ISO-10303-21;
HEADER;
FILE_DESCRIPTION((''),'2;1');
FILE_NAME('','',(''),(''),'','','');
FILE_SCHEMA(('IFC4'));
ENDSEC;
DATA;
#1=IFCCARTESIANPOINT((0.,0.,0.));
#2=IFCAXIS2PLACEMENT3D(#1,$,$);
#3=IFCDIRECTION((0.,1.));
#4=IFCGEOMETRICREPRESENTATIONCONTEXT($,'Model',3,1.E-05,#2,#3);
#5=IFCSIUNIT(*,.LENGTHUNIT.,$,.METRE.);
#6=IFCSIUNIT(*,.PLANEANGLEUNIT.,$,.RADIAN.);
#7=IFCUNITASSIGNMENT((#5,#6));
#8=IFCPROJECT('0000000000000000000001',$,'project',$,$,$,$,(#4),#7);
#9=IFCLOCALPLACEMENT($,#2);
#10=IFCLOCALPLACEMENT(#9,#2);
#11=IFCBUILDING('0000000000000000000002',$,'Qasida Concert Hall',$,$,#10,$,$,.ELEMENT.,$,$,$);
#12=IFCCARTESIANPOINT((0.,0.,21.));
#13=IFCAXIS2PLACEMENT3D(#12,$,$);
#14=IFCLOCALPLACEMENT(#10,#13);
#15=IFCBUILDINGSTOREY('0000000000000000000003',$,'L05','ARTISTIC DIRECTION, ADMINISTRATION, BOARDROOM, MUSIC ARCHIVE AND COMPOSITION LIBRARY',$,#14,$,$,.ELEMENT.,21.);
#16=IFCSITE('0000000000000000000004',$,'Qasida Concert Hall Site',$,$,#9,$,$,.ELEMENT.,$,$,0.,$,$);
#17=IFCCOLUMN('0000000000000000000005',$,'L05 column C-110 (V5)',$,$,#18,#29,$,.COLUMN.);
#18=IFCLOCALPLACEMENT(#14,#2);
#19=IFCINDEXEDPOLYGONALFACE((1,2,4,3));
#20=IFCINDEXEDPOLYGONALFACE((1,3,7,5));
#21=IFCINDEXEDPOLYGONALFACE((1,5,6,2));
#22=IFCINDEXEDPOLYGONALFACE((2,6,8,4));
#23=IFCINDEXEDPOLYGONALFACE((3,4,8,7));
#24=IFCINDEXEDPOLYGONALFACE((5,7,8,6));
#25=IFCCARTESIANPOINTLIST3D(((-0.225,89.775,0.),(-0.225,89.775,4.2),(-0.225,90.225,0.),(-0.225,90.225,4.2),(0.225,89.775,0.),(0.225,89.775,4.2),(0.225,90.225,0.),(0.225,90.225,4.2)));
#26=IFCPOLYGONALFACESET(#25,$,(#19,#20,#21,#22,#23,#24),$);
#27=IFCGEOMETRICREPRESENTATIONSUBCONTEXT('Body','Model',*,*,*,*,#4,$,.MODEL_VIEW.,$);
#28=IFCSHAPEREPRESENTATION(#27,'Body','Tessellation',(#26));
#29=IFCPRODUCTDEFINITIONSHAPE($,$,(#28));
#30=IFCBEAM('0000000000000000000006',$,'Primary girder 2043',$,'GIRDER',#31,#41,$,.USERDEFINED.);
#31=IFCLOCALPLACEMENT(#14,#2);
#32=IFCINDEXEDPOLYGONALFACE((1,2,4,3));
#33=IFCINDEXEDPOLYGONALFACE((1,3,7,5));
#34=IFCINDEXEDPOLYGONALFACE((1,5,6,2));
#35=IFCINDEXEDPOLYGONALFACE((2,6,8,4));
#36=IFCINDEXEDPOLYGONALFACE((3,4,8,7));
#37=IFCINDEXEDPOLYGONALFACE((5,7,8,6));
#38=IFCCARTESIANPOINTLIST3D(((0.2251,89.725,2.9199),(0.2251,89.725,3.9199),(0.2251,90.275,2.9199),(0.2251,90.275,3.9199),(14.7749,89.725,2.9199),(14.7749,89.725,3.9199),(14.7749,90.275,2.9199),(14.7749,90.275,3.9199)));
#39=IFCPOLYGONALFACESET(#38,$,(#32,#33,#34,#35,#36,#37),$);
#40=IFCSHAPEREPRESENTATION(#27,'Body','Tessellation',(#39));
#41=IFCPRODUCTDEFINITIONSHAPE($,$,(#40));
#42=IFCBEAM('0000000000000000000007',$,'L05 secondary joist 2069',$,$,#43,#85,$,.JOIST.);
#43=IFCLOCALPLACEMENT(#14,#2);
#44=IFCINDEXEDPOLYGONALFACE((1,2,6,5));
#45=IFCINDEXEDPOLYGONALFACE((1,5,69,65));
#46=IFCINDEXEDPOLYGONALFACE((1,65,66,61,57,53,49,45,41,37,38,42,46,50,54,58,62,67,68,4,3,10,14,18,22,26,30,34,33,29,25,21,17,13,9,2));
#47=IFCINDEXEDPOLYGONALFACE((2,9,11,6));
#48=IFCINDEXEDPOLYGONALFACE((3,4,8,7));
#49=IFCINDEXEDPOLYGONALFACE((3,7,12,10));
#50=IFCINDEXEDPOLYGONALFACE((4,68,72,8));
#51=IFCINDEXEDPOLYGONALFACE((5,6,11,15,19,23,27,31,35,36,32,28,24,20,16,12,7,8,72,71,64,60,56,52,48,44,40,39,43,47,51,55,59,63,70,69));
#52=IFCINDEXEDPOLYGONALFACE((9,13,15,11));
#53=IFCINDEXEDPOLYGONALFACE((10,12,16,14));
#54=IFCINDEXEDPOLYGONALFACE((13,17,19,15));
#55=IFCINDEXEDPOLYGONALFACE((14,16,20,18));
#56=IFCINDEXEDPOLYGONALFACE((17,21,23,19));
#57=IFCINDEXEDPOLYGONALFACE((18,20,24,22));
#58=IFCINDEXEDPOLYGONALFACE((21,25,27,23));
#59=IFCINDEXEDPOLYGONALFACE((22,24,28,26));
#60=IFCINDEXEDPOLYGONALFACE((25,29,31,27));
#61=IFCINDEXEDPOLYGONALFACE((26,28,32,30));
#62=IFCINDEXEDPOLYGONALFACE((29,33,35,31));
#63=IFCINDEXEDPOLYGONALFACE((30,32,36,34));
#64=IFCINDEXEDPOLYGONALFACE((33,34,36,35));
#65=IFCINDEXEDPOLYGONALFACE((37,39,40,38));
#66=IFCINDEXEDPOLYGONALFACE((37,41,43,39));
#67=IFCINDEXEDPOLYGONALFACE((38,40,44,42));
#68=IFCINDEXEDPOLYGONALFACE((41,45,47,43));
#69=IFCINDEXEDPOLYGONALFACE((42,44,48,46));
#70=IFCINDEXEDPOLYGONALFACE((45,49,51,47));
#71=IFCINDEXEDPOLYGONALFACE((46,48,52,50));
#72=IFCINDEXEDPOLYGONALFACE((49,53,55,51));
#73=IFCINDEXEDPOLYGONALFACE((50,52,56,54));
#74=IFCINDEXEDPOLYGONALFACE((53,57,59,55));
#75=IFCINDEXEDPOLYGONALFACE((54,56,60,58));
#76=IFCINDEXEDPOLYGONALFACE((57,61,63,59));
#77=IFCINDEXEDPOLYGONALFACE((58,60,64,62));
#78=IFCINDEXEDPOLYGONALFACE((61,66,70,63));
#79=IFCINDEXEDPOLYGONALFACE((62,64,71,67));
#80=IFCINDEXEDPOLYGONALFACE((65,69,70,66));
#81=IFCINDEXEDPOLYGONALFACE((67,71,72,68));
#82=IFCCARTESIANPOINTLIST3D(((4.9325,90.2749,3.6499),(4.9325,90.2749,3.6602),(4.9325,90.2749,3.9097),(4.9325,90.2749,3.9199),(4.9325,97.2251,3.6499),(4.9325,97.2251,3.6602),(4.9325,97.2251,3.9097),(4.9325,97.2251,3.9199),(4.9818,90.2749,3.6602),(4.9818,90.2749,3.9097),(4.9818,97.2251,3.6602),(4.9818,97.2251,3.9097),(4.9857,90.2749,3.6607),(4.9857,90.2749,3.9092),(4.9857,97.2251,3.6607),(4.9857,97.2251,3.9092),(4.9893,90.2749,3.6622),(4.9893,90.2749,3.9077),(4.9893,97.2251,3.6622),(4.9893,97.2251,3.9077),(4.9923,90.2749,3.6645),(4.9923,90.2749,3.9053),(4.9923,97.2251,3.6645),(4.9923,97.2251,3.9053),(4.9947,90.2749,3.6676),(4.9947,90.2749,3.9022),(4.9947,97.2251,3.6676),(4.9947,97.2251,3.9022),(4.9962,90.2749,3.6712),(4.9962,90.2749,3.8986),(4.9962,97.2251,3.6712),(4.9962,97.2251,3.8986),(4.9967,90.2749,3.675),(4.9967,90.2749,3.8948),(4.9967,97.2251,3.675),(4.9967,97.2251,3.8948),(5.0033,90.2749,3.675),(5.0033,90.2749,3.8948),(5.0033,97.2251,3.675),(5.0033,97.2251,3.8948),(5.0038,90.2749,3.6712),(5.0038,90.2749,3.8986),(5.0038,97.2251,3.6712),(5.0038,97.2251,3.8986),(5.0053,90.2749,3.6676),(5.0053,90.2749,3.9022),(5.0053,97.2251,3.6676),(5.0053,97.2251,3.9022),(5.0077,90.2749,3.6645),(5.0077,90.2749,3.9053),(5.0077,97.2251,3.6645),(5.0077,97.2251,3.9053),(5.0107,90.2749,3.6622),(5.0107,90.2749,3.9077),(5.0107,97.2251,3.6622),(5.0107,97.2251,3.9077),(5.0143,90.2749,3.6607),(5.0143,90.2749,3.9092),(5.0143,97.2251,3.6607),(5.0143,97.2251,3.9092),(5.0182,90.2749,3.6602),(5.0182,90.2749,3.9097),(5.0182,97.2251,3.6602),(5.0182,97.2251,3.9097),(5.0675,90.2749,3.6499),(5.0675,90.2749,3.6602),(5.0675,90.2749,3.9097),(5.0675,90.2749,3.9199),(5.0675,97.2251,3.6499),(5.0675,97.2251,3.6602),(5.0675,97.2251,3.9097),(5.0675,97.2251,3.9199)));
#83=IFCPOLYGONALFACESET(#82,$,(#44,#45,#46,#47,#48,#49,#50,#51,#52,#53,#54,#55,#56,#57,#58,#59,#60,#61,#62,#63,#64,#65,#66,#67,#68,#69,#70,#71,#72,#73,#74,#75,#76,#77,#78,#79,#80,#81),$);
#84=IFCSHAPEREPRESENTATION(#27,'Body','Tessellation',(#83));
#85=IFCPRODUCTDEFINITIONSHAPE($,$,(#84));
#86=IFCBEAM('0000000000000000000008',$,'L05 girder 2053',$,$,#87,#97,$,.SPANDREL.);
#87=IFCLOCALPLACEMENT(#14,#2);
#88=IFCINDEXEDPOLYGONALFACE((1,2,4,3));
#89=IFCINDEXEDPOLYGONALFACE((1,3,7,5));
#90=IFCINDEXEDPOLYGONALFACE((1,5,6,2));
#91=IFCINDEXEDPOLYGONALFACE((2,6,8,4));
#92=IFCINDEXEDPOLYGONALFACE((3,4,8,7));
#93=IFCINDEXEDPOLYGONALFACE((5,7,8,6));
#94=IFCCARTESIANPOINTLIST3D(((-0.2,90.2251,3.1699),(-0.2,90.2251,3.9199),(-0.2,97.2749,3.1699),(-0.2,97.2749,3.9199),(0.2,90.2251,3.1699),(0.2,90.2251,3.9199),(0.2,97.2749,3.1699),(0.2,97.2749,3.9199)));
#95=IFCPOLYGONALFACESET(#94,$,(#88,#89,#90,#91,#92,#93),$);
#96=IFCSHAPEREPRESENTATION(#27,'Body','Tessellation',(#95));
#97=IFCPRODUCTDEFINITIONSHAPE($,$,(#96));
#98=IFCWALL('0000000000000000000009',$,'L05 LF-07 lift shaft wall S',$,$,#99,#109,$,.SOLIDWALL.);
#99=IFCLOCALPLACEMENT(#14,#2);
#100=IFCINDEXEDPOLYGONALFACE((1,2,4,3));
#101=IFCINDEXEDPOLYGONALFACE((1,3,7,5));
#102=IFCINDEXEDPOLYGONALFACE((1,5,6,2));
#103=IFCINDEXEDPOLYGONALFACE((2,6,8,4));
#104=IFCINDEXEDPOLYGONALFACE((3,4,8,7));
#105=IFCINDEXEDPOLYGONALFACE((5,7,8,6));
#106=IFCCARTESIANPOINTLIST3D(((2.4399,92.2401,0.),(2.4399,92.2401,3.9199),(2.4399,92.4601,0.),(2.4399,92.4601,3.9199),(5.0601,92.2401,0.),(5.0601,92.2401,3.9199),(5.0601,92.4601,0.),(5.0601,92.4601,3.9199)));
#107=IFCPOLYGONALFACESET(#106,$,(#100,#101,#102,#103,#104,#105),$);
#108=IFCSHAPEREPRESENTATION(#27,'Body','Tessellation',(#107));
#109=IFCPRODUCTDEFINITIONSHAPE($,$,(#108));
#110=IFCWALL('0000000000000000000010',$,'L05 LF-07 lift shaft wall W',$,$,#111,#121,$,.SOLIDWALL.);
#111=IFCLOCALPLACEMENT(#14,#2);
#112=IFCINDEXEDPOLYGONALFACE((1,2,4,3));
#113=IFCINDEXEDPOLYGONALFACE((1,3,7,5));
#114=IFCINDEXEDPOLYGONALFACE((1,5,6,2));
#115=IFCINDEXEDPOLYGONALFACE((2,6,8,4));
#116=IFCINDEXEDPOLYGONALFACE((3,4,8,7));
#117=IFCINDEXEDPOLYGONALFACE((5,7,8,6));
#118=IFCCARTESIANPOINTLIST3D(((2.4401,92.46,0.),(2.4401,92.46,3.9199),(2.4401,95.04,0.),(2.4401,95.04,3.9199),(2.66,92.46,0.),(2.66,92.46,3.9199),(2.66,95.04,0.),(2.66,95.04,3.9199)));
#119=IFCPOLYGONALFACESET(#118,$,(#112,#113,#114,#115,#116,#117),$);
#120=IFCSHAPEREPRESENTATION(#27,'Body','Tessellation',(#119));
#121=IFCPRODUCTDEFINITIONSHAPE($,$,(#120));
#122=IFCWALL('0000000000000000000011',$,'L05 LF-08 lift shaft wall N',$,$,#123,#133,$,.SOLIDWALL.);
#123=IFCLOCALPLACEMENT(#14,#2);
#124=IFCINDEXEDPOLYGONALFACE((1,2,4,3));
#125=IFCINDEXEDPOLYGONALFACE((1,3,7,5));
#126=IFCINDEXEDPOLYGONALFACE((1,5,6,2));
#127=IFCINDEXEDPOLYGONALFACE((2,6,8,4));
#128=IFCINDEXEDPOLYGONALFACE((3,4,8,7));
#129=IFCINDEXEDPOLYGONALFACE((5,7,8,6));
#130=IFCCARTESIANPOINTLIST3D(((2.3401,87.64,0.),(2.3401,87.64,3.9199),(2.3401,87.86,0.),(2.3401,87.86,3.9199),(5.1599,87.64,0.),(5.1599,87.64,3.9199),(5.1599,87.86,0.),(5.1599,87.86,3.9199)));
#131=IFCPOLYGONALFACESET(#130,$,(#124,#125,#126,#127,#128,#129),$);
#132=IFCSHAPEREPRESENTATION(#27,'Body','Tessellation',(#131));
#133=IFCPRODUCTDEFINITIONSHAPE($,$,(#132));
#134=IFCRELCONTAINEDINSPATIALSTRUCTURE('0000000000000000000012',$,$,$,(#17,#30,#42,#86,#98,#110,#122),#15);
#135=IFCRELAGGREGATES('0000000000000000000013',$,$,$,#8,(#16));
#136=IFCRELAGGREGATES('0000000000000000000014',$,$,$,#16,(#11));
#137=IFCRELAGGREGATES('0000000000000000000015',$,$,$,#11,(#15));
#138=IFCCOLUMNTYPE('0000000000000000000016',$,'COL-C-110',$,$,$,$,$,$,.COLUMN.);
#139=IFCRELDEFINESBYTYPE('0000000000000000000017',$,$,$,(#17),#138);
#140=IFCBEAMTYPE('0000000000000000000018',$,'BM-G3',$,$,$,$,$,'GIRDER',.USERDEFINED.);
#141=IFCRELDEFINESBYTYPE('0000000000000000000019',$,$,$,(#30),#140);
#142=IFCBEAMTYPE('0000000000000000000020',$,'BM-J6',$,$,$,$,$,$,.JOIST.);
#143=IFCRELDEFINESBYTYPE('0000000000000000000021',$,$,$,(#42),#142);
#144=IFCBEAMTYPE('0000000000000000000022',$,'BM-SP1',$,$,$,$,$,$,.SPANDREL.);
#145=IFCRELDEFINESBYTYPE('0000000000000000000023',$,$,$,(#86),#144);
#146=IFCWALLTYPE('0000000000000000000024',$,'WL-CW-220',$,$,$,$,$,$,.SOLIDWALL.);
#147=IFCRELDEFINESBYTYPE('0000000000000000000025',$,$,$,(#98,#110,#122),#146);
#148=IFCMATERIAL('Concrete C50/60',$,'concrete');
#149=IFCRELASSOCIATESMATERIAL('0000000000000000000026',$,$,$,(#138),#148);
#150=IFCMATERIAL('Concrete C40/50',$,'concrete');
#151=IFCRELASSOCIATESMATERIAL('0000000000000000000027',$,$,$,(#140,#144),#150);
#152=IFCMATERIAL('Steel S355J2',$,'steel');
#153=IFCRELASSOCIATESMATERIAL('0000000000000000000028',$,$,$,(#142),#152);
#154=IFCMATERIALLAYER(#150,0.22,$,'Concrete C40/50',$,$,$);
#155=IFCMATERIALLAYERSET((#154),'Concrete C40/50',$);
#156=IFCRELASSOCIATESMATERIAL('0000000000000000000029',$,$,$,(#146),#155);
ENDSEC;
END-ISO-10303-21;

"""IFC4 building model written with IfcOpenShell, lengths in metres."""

from ifc_helpers import new_model, si_unit, direction, frame, frame_2d, origin, origin_2d, place, context, subcontext, project, spatial, rectangle, i_section, extrude, material, layer, layer_set, material_profile, profile_set, type_object, element, save


model = new_model("IFC4")

# Units and contexts
model_context = context("Model", 3, precision=1e-05, world=origin(), true_north=direction((0.0, 1.0)))
body_context = subcontext(model_context, "Body", "Model", "MODEL_VIEW")
ifc_project = project(units=[si_unit("LENGTHUNIT", "METRE"), si_unit("PLANEANGLEUNIT", "RADIAN")], contexts=[model_context])

# Site, building, storey
site_placement = place(None, origin())
site = spatial("IfcSite", under=ifc_project, at=site_placement, Name="Qasida Concert Hall Site", CompositionType="ELEMENT", RefElevation=0.0)
building_placement = place(site_placement, origin())
building = spatial("IfcBuilding", under=site, at=building_placement, Name="Qasida Concert Hall", CompositionType="ELEMENT")
storey_placement = place(building_placement, frame((0.0, 0.0, 21.0)))
storey = spatial("IfcBuildingStorey", under=building, at=storey_placement, Name="L05", Description="ARTISTIC DIRECTION, ADMINISTRATION, BOARDROOM, MUSIC ARCHIVE AND COMPOSITION LIBRARY", CompositionType="ELEMENT", Elevation=21.0)

# Column
ifc_material_1 = material(Name="Concrete C50/60", Category="concrete")
ifc_material_profile_1 = material_profile(ifc_material_1, rectangle(XDim=0.45, YDim=0.45, at=origin_2d()), Name="RC 450x450")
ifc_profile_set_1 = profile_set([ifc_material_profile_1], Name="Concrete C50/60")
column_type = type_object("IfcColumnType", Name="COL-C-110", PredefinedType="COLUMN", material=ifc_profile_set_1)
column_placement = place(storey_placement, frame((0.0, 90.0, 0.0), z_axis=(0.0, 0.0, 1.0), x_axis=(1.0, 0.0, 0.0)))
element("IfcColumn", 1, at=column_placement, inside=storey, type_object=column_type, Name="L05 column C-110 (V5)", PredefinedType="COLUMN", context=body_context, shape_type="SweptSolid", body=[
    extrude(rectangle(XDim=0.45, YDim=0.45, at=origin_2d()), origin(), (0.0, 0.0, 1.0), 4.2),
])

# Beams
ifc_material_2 = material(Name="Concrete C40/50", Category="concrete")
ifc_material_profile_2 = material_profile(ifc_material_2, rectangle(XDim=0.55, YDim=1.0, at=origin_2d()), Name="RC 550x1000")
ifc_profile_set_2 = profile_set([ifc_material_profile_2], Name="Concrete C40/50")
beam_type_1 = type_object("IfcBeamType", Name="BM-G3", ElementType="GIRDER", PredefinedType="USERDEFINED", material=ifc_profile_set_2)
beam_1_placement = place(storey_placement, frame((0.2251, 90.0, 3.4199), z_axis=(1.0, 0.0, 0.0), x_axis=(0.0, 1.0, 0.0)))
element("IfcBeam", 2, at=beam_1_placement, inside=storey, type_object=beam_type_1, Name="Primary girder 2043", ObjectType="GIRDER", PredefinedType="USERDEFINED", context=body_context, shape_type="SweptSolid", body=[
    extrude(rectangle(XDim=0.55, YDim=1.0, at=origin_2d()), origin(), (0.0, 0.0, 1.0), 14.5498),
])
ifc_material_3 = material(Name="Steel S355J2", Category="steel")
ifc_material_profile_3 = material_profile(ifc_material_3, i_section(OverallWidth=0.135, OverallDepth=0.27, WebThickness=0.0066, FlangeThickness=0.0103, FilletRadius=0.0149, at=origin_2d()), Name="IPE 270")
ifc_profile_set_3 = profile_set([ifc_material_profile_3], Name="Steel S355J2")
beam_type_2 = type_object("IfcBeamType", Name="BM-J6", PredefinedType="JOIST", material=ifc_profile_set_3)
beam_2_placement = place(storey_placement, frame((5.0, 90.2749, 3.7849), z_axis=(0.0, 1.0, 0.0), x_axis=(-1.0, 0.0, 0.0)))
element("IfcBeam", 3, at=beam_2_placement, inside=storey, type_object=beam_type_2, Name="L05 secondary joist 2069", PredefinedType="JOIST", context=body_context, shape_type="SweptSolid", body=[
    extrude(i_section(OverallWidth=0.135, OverallDepth=0.27, WebThickness=0.0066, FlangeThickness=0.0103, FilletRadius=0.0149, at=origin_2d()), origin(), (0.0, 0.0, 1.0), 6.9502),
])
ifc_material_profile_4 = material_profile(ifc_material_2, rectangle(XDim=0.3999, YDim=0.75, at=origin_2d()), Name="RC 400x750")
ifc_profile_set_4 = profile_set([ifc_material_profile_4], Name="Concrete C40/50")
beam_type_3 = type_object("IfcBeamType", Name="BM-SP1", PredefinedType="SPANDREL", material=ifc_profile_set_4)
beam_3_placement = place(storey_placement, frame((0.0, 90.2251, 3.5449), z_axis=(0.0, 1.0, 0.0), x_axis=(-1.0, 0.0, 0.0)))
element("IfcBeam", 4, at=beam_3_placement, inside=storey, type_object=beam_type_3, Name="L05 girder 2053", PredefinedType="SPANDREL", context=body_context, shape_type="SweptSolid", body=[
    extrude(rectangle(XDim=0.3999, YDim=0.75, at=origin_2d()), origin(), (0.0, 0.0, 1.0), 7.0498),
])

# Walls
ifc_layer_1 = layer(ifc_material_2, 0.22, Name="Concrete C40/50")
ifc_layer_set_1 = layer_set([ifc_layer_1], Name="Concrete C40/50")
wall_type_1 = type_object("IfcWallType", Name="WL-CW-220", PredefinedType="SOLIDWALL", material=ifc_layer_set_1)
wall_1_placement = place(storey_placement, frame((2.4399, 92.3501, 0.0), z_axis=(0.0, 0.0, 1.0), x_axis=(1.0, 0.0, 0.0)))
element("IfcWall", 5, at=wall_1_placement, inside=storey, type_object=wall_type_1, Name="L05 LF-07 lift shaft wall S", PredefinedType="SOLIDWALL", context=body_context, shape_type="SweptSolid", body=[
    extrude(rectangle(XDim=2.6201, YDim=0.22, at=frame_2d((1.3101, 0.0))), origin(), (0.0, 0.0, 1.0), 3.9199),
])
wall_2_placement = place(storey_placement, frame((2.55, 92.46, 0.0), z_axis=(0.0, 0.0, 1.0), x_axis=(0.0, 1.0, 0.0)))
element("IfcWall", 6, at=wall_2_placement, inside=storey, type_object=wall_type_1, Name="L05 LF-07 lift shaft wall W", PredefinedType="SOLIDWALL", context=body_context, shape_type="SweptSolid", body=[
    extrude(rectangle(XDim=2.5801, YDim=0.22, at=frame_2d((1.29, 0.0))), origin(), (0.0, 0.0, 1.0), 3.9199),
])

# Wall
wall_3_placement = place(storey_placement, frame((2.3401, 87.75, 0.0), z_axis=(0.0, 0.0, 1.0), x_axis=(1.0, 0.0, 0.0)))
element("IfcWall", 7, at=wall_3_placement, inside=storey, type_object=wall_type_1, Name="L05 LF-08 lift shaft wall N", PredefinedType="SOLIDWALL", context=body_context, shape_type="SweptSolid", body=[
    extrude(rectangle(XDim=2.8198, YDim=0.22, at=frame_2d((1.4099, 0.0))), origin(), (0.0, 0.0, 1.0), 3.9199),
])

save(model, "model.ifc")
